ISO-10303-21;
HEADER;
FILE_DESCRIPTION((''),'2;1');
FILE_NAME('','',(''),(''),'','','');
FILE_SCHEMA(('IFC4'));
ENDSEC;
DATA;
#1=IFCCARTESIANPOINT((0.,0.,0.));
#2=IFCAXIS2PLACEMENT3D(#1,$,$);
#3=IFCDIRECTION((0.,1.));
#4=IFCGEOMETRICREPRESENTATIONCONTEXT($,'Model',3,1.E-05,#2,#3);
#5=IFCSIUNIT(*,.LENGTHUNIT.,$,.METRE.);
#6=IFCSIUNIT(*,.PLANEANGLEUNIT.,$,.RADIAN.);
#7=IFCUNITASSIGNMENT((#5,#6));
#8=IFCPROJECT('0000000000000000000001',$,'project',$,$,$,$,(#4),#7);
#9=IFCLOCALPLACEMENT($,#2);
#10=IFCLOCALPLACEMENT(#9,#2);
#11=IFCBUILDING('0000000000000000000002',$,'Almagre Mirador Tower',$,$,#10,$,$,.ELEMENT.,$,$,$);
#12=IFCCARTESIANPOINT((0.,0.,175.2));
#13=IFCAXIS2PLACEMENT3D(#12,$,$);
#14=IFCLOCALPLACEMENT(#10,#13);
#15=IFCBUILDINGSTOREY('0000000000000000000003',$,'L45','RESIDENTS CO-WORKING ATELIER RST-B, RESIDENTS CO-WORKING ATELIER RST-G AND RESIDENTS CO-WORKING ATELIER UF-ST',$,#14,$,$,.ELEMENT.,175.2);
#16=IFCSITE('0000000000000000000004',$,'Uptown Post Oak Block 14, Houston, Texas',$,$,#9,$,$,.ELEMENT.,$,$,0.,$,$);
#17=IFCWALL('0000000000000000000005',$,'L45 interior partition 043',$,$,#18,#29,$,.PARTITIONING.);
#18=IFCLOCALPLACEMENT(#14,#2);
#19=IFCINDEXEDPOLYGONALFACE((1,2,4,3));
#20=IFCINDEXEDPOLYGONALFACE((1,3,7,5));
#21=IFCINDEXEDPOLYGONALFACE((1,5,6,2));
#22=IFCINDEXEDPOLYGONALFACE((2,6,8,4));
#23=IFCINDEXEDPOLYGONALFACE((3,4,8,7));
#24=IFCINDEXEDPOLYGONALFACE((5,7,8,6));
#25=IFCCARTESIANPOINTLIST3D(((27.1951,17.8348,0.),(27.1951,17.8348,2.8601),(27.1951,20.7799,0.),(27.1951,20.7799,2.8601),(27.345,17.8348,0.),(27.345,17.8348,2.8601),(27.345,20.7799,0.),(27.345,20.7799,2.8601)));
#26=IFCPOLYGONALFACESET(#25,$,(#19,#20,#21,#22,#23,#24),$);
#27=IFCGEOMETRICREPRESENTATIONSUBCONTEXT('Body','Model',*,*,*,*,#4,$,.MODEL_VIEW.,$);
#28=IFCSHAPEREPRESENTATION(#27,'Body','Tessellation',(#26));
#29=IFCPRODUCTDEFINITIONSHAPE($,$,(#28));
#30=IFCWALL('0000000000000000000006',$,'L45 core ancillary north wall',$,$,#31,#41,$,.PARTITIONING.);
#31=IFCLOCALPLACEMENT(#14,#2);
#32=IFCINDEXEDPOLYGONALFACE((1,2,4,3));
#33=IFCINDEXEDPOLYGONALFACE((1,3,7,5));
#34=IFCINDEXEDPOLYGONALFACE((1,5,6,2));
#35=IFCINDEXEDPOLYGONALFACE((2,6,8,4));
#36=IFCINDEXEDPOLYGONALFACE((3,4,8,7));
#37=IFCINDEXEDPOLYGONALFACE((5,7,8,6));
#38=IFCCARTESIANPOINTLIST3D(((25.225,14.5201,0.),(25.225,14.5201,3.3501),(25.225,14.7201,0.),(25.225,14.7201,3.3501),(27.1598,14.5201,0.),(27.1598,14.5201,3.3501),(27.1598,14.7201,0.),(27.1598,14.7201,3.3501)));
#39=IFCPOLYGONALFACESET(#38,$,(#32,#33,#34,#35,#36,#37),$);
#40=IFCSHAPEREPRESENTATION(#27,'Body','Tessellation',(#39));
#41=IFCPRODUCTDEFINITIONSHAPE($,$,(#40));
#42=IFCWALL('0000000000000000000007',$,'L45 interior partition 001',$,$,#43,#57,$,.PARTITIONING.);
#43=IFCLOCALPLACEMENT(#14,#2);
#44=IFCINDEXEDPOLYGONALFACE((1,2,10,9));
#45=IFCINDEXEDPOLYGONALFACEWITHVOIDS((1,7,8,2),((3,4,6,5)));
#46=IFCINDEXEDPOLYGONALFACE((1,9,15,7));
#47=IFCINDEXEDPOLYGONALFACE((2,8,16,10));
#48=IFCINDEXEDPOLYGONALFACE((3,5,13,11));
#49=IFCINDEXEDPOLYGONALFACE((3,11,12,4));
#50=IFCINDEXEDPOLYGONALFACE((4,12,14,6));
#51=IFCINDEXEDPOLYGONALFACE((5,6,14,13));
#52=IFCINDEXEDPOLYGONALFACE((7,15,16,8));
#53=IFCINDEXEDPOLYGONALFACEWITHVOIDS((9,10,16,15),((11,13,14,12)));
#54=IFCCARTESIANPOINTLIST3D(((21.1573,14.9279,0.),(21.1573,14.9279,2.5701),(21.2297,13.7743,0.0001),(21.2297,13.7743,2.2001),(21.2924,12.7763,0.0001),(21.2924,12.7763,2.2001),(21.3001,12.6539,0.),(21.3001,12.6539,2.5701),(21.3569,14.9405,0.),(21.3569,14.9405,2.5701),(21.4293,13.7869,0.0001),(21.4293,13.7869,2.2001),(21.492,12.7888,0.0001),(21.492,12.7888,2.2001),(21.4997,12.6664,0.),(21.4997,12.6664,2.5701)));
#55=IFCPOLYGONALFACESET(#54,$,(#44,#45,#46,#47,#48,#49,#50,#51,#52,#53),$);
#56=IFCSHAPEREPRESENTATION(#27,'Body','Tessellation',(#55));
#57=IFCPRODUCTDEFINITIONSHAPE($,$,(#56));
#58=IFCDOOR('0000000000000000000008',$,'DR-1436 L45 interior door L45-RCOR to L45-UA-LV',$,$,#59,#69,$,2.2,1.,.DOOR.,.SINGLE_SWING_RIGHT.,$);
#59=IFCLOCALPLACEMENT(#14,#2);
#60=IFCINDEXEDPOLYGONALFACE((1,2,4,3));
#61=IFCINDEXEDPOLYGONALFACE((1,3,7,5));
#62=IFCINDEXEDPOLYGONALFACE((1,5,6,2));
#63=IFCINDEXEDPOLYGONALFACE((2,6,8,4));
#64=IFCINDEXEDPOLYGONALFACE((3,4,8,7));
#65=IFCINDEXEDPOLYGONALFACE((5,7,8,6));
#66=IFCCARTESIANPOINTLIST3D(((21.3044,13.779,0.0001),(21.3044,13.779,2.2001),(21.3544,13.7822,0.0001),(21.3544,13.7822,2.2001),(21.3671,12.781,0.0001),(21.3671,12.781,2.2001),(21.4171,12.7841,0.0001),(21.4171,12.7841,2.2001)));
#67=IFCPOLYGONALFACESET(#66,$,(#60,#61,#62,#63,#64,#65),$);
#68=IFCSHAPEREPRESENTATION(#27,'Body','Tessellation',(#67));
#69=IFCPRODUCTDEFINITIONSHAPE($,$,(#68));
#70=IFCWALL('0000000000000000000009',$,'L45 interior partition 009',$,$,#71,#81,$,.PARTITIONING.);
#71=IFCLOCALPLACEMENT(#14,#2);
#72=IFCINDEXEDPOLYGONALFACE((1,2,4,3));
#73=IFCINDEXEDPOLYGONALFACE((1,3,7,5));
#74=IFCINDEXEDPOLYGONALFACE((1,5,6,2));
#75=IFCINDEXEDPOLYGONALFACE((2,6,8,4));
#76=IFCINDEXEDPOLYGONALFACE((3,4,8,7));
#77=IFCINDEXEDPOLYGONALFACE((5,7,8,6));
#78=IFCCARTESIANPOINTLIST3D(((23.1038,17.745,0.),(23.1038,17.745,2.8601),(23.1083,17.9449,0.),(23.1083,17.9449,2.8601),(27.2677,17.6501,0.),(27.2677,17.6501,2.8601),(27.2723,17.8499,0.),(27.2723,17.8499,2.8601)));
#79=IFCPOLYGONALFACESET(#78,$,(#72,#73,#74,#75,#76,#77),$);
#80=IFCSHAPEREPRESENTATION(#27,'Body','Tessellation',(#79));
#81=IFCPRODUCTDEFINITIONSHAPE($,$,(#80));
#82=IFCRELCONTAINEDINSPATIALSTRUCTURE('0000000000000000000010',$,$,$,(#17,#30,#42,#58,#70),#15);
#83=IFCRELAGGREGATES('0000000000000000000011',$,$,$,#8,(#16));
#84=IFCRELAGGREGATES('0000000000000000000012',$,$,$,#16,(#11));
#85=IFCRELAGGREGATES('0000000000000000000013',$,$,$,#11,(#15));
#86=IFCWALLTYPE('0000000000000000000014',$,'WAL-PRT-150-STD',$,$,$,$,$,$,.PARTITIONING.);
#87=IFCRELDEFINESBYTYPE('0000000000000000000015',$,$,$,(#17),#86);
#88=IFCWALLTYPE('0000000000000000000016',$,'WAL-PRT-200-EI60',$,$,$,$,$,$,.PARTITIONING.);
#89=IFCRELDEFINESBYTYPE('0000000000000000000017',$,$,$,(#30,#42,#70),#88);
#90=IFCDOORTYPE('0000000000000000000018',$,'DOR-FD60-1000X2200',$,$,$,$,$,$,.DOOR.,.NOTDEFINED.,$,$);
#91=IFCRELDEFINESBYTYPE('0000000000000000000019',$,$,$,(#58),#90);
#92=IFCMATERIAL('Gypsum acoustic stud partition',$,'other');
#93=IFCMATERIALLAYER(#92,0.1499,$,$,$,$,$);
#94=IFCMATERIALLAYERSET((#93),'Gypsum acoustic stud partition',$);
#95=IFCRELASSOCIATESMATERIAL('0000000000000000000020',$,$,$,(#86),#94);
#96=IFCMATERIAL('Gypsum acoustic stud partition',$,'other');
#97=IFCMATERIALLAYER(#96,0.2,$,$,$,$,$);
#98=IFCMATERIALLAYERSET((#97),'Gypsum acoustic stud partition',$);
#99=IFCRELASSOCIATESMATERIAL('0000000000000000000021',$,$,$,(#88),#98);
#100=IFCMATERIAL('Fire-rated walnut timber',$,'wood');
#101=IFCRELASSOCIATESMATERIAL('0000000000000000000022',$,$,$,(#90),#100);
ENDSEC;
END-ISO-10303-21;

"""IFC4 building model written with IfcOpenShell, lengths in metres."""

from ifc_helpers import new_model, si_unit, direction, frame, frame_2d, origin, place, context, subcontext, project, spatial, rectangle, extrude, material, layer, layer_set, type_object, element, fill, save


model = new_model("IFC4")

# Units and contexts
model_context = context("Model", 3, precision=1e-05, world=origin(), true_north=direction((0.0, 1.0)))
body_context = subcontext(model_context, "Body", "Model", "MODEL_VIEW")
ifc_project = project(units=[si_unit("LENGTHUNIT", "METRE"), si_unit("PLANEANGLEUNIT", "RADIAN")], contexts=[model_context])

# Site, building, storey
site_placement = place(None, origin())
site = spatial("IfcSite", under=ifc_project, at=site_placement, Name="Uptown Post Oak Block 14, Houston, Texas", CompositionType="ELEMENT", RefElevation=0.0)
building_placement = place(site_placement, origin())
building = spatial("IfcBuilding", under=site, at=building_placement, Name="Almagre Mirador Tower", CompositionType="ELEMENT")
storey_placement = place(building_placement, frame((0.0, 0.0, 175.2)))
storey = spatial("IfcBuildingStorey", under=building, at=storey_placement, Name="L45", Description="RESIDENTS CO-WORKING ATELIER RST-B, RESIDENTS CO-WORKING ATELIER RST-G AND RESIDENTS CO-WORKING ATELIER UF-ST", CompositionType="ELEMENT", Elevation=175.2)

# Shared definitions
ifc_material_1 = material(Name="Gypsum acoustic stud partition", Category="other")
ifc_layer_1 = layer(ifc_material_1, 0.1499)
ifc_layer_set_1 = layer_set([ifc_layer_1], Name="Gypsum acoustic stud partition")
wall_type_1 = type_object("IfcWallType", Name="WAL-PRT-150-STD", PredefinedType="PARTITIONING", material=ifc_layer_set_1)

# Walls
wall_1_placement = place(storey_placement, frame((27.27, 20.78, 0.0), z_axis=(0.0, 0.0, 1.0), x_axis=(0.0, -1.0, 0.0)))
element("IfcWall", 1, at=wall_1_placement, inside=storey, type_object=wall_type_1, Name="L45 interior partition 043", PredefinedType="PARTITIONING", context=body_context, shape_type="SweptSolid", body=[
    extrude(rectangle(XDim=2.9451, YDim=0.1499, at=frame_2d((1.4727, 0.0))), origin(), (0.0, 0.0, 1.0), 2.8601),
])
ifc_material_2 = material(Name="Gypsum acoustic stud partition", Category="other")
ifc_layer_2 = layer(ifc_material_2, 0.2)
ifc_layer_set_2 = layer_set([ifc_layer_2], Name="Gypsum acoustic stud partition")
wall_type_2 = type_object("IfcWallType", Name="WAL-PRT-200-EI60", PredefinedType="PARTITIONING", material=ifc_layer_set_2)
wall_2_placement = place(storey_placement, frame((25.2251, 14.6201, 0.0), z_axis=(0.0, 0.0, 1.0), x_axis=(1.0, 0.0, 0.0)))
element("IfcWall", 2, at=wall_2_placement, inside=storey, type_object=wall_type_2, Name="L45 core ancillary north wall", PredefinedType="PARTITIONING", context=body_context, shape_type="SweptSolid", body=[
    extrude(rectangle(XDim=1.9348, YDim=0.2, at=frame_2d((0.9673, 0.0))), origin(), (0.0, 0.0, 1.0), 3.3501),
])

# Wall, opening, door
wall_3_placement = place(storey_placement, frame((21.2571, 14.9341, 0.0), z_axis=(0.0, 0.0, 1.0), x_axis=(0.062678, -0.998034, 0.0)))
wall_3 = element("IfcWall", 3, at=wall_3_placement, inside=storey, type_object=wall_type_2, Name="L45 interior partition 001", PredefinedType="PARTITIONING", context=body_context, shape_type="SweptSolid", body=[
    extrude(rectangle(XDim=2.2786, YDim=0.2, at=frame_2d((1.1392, 0.0))), origin(), (0.0, 0.0, 1.0), 2.5701),
])
opening_1_placement = place(wall_3_placement, frame((1.1558, 0.0, 0.0)))
opening_1 = element("IfcOpeningElement", 4, at=opening_1_placement, cuts=wall_3, PredefinedType="OPENING", context=body_context, shape_type="SweptSolid", body=[
    extrude(rectangle(XDim=1.0, YDim=2.2, at=frame_2d((0.5, 1.1001))), frame((0.0, 0.1101, 0.0), z_axis=(0.0, -1.0, 0.0), x_axis=(1.0, 0.0, 0.0)), (0.0, 0.0, 1.0), 0.22),
])
ifc_material_3 = material(Name="Fire-rated walnut timber", Category="wood")
door_type_1 = type_object("IfcDoorType", Name="DOR-FD60-1000X2200", OperationType="NOTDEFINED", PredefinedType="DOOR", material=ifc_material_3)
door_1_placement = place(opening_1_placement, origin())
door_1 = element("IfcDoor", 5, at=door_1_placement, inside=storey, type_object=door_type_1, Name="DR-1436 L45 interior door L45-RCOR to L45-UA-LV", OperationType="SINGLE_SWING_RIGHT", OverallHeight=2.2, OverallWidth=1.0, PredefinedType="DOOR", context=body_context, shape_type="SweptSolid", body=[
    extrude(rectangle(XDim=1.0, YDim=2.2, at=frame_2d((0.5, 1.1001))), frame((0.0, 0.0249, 0.0), z_axis=(0.0, -1.0, 0.0), x_axis=(1.0, 0.0, 0.0)), (0.0, 0.0, 1.0), 0.05),
])
fill(opening_1, door_1)

# Wall
wall_4_placement = place(storey_placement, frame((27.27, 17.75, 0.0), z_axis=(0.0, 0.0, 1.0), x_axis=(-0.99974, 0.022801, 0.0)))
element("IfcWall", 6, at=wall_4_placement, inside=storey, type_object=wall_type_2, Name="L45 interior partition 009", PredefinedType="PARTITIONING", context=body_context, shape_type="SweptSolid", body=[
    extrude(rectangle(XDim=4.165, YDim=0.2, at=frame_2d((2.0825, 0.0))), origin(), (0.0, 0.0, 1.0), 2.8601),
])

save(model, "model.ifc")
